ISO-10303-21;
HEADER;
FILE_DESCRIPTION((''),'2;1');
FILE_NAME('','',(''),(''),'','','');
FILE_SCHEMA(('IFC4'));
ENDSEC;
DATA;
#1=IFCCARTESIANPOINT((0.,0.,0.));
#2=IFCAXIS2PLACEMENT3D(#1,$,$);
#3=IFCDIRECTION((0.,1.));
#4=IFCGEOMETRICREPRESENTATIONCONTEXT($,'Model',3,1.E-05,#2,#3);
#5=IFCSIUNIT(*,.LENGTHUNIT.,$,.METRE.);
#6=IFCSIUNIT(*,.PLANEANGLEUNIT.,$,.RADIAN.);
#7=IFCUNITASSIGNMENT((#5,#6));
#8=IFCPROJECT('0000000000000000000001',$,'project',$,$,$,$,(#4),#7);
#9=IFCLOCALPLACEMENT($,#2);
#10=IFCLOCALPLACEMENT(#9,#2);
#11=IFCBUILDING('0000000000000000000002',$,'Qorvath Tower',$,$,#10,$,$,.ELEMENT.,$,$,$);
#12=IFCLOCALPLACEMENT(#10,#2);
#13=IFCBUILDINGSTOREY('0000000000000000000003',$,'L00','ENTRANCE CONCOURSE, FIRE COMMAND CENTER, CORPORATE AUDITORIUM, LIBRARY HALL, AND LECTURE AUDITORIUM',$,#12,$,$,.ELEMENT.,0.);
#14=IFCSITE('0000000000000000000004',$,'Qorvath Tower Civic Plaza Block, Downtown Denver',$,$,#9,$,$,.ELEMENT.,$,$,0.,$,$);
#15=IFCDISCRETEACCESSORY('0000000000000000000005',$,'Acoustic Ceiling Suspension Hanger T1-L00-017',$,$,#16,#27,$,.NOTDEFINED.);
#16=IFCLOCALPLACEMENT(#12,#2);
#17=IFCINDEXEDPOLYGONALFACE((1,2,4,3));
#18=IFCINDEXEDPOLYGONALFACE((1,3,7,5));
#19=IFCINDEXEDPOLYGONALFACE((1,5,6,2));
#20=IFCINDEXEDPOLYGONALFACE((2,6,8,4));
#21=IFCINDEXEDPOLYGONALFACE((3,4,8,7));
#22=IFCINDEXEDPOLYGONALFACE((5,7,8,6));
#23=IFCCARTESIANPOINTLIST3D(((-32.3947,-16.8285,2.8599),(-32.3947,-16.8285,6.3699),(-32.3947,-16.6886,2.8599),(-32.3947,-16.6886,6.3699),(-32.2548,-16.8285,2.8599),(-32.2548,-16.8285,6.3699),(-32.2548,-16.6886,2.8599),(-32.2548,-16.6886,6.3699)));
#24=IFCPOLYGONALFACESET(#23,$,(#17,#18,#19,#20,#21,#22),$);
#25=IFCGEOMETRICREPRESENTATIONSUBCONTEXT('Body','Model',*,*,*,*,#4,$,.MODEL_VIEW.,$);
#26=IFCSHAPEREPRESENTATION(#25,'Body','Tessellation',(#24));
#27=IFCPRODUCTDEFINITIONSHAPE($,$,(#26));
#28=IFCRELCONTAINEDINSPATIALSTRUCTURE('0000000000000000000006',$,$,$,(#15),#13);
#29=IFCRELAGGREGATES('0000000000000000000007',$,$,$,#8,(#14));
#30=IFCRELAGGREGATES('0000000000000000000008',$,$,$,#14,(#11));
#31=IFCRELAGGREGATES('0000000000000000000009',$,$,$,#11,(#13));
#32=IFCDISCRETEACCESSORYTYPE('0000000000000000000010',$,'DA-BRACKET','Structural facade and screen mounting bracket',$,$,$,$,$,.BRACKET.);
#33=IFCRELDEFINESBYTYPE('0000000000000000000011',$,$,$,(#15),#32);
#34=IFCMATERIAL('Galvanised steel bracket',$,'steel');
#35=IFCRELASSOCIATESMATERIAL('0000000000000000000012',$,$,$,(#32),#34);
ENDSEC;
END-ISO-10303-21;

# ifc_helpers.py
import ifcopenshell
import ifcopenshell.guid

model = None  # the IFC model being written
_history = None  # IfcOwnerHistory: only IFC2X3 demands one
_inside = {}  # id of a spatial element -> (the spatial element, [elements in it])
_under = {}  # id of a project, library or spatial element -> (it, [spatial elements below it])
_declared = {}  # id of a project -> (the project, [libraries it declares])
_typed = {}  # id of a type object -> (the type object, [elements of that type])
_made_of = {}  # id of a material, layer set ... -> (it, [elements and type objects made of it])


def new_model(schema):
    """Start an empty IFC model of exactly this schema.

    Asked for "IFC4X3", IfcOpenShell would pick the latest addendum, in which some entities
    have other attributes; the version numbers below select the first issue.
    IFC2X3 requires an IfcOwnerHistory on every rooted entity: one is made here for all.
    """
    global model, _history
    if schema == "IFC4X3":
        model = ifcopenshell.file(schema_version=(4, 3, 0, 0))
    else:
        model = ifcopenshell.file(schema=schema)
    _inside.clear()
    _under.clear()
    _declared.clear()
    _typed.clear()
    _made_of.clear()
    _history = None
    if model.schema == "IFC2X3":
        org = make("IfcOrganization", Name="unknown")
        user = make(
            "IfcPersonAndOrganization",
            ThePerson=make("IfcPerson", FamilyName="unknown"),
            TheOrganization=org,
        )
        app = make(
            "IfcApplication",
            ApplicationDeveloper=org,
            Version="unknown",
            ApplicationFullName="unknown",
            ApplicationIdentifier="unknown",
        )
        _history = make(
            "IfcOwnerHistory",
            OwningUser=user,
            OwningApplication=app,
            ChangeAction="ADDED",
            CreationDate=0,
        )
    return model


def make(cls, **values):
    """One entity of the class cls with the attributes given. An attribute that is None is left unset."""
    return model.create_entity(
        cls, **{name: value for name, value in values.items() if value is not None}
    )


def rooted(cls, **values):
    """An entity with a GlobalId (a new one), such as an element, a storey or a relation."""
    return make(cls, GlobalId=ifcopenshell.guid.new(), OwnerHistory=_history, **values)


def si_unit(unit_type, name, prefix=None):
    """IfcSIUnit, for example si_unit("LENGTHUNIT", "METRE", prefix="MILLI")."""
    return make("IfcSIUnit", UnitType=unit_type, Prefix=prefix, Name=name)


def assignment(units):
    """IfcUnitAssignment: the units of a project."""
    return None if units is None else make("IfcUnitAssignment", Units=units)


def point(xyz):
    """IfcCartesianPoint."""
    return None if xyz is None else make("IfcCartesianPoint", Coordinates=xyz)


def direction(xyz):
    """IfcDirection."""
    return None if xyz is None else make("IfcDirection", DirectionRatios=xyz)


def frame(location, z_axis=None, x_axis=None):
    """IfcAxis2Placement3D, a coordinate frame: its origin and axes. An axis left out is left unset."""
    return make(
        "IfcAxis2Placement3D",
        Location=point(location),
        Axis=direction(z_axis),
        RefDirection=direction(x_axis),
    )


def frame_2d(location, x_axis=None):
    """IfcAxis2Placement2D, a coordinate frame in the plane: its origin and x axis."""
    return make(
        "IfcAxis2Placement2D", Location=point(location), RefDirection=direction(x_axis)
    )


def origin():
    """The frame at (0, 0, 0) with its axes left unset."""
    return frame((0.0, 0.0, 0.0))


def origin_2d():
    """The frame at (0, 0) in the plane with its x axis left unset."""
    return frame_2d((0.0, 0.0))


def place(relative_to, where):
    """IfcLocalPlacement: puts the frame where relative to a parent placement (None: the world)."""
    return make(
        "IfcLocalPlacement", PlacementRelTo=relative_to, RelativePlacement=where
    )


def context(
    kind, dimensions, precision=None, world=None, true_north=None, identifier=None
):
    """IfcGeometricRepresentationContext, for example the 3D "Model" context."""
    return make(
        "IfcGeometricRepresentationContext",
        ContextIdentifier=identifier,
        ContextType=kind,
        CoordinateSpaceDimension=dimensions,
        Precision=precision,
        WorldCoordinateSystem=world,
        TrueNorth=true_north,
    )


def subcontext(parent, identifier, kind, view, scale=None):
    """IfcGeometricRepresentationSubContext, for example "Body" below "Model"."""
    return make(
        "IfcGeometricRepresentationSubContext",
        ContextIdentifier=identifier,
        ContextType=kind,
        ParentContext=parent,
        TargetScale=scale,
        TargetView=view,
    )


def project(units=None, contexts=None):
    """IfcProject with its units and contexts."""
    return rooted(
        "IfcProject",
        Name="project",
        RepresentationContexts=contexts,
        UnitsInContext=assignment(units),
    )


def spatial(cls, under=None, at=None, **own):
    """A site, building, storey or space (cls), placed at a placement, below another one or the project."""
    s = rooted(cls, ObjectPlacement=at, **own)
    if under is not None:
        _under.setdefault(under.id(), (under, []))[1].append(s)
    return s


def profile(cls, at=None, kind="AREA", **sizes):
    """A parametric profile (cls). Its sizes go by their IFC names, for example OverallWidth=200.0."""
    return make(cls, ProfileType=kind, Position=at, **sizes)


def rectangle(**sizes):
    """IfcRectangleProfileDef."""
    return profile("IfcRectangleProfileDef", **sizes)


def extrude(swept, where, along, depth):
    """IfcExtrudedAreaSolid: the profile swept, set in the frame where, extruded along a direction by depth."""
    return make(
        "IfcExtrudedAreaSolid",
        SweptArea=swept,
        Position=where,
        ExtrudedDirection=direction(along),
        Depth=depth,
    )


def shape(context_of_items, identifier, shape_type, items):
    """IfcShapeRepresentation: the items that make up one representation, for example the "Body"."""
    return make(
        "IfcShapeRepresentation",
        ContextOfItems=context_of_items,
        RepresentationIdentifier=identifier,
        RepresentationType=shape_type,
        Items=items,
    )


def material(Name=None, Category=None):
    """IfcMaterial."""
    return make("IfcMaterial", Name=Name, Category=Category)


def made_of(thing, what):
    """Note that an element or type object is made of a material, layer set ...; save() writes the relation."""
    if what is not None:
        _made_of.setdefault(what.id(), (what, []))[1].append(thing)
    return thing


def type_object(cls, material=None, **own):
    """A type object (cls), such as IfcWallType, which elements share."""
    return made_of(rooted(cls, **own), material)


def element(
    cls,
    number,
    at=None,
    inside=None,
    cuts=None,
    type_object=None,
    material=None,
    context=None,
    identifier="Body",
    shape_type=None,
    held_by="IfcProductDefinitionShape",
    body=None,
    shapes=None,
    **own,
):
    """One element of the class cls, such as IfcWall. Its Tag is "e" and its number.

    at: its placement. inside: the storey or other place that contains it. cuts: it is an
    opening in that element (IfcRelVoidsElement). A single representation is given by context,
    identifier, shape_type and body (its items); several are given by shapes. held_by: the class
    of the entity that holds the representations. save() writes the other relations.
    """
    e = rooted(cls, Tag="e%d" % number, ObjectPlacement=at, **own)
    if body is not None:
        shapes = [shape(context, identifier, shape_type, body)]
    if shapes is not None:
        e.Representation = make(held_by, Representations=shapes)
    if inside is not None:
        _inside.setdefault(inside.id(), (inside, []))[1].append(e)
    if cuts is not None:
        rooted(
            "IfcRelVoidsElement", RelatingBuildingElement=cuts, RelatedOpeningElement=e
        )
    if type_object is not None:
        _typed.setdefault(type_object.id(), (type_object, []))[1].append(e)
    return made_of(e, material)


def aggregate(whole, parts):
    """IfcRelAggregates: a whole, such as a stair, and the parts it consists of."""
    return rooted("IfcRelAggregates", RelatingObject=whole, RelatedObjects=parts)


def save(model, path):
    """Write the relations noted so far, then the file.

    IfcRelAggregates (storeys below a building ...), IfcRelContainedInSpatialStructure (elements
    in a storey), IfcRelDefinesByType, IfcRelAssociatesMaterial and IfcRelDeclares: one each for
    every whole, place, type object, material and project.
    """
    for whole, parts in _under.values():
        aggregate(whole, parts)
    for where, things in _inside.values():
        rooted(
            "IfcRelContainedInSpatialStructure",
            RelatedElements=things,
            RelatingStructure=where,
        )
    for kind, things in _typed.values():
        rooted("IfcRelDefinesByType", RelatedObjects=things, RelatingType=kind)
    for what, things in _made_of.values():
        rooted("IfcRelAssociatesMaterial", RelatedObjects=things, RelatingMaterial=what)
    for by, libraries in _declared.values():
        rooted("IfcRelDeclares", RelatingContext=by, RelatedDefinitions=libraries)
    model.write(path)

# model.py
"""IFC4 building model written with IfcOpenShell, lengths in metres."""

from ifc_helpers import new_model, si_unit, direction, frame, origin, origin_2d, place, context, subcontext, project, spatial, rectangle, extrude, material, type_object, element, save


model = new_model("IFC4")

# Units and contexts
model_context = context("Model", 3, precision=1e-05, world=origin(), true_north=direction((0.0, 1.0)))
body_context = subcontext(model_context, "Body", "Model", "MODEL_VIEW")
ifc_project = project(units=[si_unit("LENGTHUNIT", "METRE"), si_unit("PLANEANGLEUNIT", "RADIAN")], contexts=[model_context])

# Site, building, storey
site_placement = place(None, origin())
site = spatial("IfcSite", under=ifc_project, at=site_placement, Name="Qorvath Tower Civic Plaza Block, Downtown Denver", CompositionType="ELEMENT", RefElevation=0.0)
building_placement = place(site_placement, origin())
building = spatial("IfcBuilding", under=site, at=building_placement, Name="Qorvath Tower", CompositionType="ELEMENT")
storey_placement = place(building_placement, origin())
storey = spatial("IfcBuildingStorey", under=building, at=storey_placement, Name="L00", Description="ENTRANCE CONCOURSE, FIRE COMMAND CENTER, CORPORATE AUDITORIUM, LIBRARY HALL, AND LECTURE AUDITORIUM", CompositionType="ELEMENT", Elevation=0.0)

# Discrete accessory
ifc_material_1 = material(Name="Galvanised steel bracket", Category="steel")
discrete_accessory_type = type_object("IfcDiscreteAccessoryType", Name="DA-BRACKET", Description="Structural facade and screen mounting bracket", PredefinedType="BRACKET", material=ifc_material_1)
discrete_accessory_placement = place(storey_placement, frame((-32.3247, -16.7585, 2.8599), z_axis=(0.0, 0.0, 1.0), x_axis=(1.0, 0.0, 0.0)))
element("IfcDiscreteAccessory", 1, at=discrete_accessory_placement, inside=storey, type_object=discrete_accessory_type, Name="Acoustic Ceiling Suspension Hanger T1-L00-017", PredefinedType="NOTDEFINED", context=body_context, shape_type="SweptSolid", body=[
    extrude(rectangle(XDim=0.1399, YDim=0.1399, at=origin_2d()), origin(), (0.0, 0.0, 1.0), 3.51),
])

save(model, "model.ifc")
